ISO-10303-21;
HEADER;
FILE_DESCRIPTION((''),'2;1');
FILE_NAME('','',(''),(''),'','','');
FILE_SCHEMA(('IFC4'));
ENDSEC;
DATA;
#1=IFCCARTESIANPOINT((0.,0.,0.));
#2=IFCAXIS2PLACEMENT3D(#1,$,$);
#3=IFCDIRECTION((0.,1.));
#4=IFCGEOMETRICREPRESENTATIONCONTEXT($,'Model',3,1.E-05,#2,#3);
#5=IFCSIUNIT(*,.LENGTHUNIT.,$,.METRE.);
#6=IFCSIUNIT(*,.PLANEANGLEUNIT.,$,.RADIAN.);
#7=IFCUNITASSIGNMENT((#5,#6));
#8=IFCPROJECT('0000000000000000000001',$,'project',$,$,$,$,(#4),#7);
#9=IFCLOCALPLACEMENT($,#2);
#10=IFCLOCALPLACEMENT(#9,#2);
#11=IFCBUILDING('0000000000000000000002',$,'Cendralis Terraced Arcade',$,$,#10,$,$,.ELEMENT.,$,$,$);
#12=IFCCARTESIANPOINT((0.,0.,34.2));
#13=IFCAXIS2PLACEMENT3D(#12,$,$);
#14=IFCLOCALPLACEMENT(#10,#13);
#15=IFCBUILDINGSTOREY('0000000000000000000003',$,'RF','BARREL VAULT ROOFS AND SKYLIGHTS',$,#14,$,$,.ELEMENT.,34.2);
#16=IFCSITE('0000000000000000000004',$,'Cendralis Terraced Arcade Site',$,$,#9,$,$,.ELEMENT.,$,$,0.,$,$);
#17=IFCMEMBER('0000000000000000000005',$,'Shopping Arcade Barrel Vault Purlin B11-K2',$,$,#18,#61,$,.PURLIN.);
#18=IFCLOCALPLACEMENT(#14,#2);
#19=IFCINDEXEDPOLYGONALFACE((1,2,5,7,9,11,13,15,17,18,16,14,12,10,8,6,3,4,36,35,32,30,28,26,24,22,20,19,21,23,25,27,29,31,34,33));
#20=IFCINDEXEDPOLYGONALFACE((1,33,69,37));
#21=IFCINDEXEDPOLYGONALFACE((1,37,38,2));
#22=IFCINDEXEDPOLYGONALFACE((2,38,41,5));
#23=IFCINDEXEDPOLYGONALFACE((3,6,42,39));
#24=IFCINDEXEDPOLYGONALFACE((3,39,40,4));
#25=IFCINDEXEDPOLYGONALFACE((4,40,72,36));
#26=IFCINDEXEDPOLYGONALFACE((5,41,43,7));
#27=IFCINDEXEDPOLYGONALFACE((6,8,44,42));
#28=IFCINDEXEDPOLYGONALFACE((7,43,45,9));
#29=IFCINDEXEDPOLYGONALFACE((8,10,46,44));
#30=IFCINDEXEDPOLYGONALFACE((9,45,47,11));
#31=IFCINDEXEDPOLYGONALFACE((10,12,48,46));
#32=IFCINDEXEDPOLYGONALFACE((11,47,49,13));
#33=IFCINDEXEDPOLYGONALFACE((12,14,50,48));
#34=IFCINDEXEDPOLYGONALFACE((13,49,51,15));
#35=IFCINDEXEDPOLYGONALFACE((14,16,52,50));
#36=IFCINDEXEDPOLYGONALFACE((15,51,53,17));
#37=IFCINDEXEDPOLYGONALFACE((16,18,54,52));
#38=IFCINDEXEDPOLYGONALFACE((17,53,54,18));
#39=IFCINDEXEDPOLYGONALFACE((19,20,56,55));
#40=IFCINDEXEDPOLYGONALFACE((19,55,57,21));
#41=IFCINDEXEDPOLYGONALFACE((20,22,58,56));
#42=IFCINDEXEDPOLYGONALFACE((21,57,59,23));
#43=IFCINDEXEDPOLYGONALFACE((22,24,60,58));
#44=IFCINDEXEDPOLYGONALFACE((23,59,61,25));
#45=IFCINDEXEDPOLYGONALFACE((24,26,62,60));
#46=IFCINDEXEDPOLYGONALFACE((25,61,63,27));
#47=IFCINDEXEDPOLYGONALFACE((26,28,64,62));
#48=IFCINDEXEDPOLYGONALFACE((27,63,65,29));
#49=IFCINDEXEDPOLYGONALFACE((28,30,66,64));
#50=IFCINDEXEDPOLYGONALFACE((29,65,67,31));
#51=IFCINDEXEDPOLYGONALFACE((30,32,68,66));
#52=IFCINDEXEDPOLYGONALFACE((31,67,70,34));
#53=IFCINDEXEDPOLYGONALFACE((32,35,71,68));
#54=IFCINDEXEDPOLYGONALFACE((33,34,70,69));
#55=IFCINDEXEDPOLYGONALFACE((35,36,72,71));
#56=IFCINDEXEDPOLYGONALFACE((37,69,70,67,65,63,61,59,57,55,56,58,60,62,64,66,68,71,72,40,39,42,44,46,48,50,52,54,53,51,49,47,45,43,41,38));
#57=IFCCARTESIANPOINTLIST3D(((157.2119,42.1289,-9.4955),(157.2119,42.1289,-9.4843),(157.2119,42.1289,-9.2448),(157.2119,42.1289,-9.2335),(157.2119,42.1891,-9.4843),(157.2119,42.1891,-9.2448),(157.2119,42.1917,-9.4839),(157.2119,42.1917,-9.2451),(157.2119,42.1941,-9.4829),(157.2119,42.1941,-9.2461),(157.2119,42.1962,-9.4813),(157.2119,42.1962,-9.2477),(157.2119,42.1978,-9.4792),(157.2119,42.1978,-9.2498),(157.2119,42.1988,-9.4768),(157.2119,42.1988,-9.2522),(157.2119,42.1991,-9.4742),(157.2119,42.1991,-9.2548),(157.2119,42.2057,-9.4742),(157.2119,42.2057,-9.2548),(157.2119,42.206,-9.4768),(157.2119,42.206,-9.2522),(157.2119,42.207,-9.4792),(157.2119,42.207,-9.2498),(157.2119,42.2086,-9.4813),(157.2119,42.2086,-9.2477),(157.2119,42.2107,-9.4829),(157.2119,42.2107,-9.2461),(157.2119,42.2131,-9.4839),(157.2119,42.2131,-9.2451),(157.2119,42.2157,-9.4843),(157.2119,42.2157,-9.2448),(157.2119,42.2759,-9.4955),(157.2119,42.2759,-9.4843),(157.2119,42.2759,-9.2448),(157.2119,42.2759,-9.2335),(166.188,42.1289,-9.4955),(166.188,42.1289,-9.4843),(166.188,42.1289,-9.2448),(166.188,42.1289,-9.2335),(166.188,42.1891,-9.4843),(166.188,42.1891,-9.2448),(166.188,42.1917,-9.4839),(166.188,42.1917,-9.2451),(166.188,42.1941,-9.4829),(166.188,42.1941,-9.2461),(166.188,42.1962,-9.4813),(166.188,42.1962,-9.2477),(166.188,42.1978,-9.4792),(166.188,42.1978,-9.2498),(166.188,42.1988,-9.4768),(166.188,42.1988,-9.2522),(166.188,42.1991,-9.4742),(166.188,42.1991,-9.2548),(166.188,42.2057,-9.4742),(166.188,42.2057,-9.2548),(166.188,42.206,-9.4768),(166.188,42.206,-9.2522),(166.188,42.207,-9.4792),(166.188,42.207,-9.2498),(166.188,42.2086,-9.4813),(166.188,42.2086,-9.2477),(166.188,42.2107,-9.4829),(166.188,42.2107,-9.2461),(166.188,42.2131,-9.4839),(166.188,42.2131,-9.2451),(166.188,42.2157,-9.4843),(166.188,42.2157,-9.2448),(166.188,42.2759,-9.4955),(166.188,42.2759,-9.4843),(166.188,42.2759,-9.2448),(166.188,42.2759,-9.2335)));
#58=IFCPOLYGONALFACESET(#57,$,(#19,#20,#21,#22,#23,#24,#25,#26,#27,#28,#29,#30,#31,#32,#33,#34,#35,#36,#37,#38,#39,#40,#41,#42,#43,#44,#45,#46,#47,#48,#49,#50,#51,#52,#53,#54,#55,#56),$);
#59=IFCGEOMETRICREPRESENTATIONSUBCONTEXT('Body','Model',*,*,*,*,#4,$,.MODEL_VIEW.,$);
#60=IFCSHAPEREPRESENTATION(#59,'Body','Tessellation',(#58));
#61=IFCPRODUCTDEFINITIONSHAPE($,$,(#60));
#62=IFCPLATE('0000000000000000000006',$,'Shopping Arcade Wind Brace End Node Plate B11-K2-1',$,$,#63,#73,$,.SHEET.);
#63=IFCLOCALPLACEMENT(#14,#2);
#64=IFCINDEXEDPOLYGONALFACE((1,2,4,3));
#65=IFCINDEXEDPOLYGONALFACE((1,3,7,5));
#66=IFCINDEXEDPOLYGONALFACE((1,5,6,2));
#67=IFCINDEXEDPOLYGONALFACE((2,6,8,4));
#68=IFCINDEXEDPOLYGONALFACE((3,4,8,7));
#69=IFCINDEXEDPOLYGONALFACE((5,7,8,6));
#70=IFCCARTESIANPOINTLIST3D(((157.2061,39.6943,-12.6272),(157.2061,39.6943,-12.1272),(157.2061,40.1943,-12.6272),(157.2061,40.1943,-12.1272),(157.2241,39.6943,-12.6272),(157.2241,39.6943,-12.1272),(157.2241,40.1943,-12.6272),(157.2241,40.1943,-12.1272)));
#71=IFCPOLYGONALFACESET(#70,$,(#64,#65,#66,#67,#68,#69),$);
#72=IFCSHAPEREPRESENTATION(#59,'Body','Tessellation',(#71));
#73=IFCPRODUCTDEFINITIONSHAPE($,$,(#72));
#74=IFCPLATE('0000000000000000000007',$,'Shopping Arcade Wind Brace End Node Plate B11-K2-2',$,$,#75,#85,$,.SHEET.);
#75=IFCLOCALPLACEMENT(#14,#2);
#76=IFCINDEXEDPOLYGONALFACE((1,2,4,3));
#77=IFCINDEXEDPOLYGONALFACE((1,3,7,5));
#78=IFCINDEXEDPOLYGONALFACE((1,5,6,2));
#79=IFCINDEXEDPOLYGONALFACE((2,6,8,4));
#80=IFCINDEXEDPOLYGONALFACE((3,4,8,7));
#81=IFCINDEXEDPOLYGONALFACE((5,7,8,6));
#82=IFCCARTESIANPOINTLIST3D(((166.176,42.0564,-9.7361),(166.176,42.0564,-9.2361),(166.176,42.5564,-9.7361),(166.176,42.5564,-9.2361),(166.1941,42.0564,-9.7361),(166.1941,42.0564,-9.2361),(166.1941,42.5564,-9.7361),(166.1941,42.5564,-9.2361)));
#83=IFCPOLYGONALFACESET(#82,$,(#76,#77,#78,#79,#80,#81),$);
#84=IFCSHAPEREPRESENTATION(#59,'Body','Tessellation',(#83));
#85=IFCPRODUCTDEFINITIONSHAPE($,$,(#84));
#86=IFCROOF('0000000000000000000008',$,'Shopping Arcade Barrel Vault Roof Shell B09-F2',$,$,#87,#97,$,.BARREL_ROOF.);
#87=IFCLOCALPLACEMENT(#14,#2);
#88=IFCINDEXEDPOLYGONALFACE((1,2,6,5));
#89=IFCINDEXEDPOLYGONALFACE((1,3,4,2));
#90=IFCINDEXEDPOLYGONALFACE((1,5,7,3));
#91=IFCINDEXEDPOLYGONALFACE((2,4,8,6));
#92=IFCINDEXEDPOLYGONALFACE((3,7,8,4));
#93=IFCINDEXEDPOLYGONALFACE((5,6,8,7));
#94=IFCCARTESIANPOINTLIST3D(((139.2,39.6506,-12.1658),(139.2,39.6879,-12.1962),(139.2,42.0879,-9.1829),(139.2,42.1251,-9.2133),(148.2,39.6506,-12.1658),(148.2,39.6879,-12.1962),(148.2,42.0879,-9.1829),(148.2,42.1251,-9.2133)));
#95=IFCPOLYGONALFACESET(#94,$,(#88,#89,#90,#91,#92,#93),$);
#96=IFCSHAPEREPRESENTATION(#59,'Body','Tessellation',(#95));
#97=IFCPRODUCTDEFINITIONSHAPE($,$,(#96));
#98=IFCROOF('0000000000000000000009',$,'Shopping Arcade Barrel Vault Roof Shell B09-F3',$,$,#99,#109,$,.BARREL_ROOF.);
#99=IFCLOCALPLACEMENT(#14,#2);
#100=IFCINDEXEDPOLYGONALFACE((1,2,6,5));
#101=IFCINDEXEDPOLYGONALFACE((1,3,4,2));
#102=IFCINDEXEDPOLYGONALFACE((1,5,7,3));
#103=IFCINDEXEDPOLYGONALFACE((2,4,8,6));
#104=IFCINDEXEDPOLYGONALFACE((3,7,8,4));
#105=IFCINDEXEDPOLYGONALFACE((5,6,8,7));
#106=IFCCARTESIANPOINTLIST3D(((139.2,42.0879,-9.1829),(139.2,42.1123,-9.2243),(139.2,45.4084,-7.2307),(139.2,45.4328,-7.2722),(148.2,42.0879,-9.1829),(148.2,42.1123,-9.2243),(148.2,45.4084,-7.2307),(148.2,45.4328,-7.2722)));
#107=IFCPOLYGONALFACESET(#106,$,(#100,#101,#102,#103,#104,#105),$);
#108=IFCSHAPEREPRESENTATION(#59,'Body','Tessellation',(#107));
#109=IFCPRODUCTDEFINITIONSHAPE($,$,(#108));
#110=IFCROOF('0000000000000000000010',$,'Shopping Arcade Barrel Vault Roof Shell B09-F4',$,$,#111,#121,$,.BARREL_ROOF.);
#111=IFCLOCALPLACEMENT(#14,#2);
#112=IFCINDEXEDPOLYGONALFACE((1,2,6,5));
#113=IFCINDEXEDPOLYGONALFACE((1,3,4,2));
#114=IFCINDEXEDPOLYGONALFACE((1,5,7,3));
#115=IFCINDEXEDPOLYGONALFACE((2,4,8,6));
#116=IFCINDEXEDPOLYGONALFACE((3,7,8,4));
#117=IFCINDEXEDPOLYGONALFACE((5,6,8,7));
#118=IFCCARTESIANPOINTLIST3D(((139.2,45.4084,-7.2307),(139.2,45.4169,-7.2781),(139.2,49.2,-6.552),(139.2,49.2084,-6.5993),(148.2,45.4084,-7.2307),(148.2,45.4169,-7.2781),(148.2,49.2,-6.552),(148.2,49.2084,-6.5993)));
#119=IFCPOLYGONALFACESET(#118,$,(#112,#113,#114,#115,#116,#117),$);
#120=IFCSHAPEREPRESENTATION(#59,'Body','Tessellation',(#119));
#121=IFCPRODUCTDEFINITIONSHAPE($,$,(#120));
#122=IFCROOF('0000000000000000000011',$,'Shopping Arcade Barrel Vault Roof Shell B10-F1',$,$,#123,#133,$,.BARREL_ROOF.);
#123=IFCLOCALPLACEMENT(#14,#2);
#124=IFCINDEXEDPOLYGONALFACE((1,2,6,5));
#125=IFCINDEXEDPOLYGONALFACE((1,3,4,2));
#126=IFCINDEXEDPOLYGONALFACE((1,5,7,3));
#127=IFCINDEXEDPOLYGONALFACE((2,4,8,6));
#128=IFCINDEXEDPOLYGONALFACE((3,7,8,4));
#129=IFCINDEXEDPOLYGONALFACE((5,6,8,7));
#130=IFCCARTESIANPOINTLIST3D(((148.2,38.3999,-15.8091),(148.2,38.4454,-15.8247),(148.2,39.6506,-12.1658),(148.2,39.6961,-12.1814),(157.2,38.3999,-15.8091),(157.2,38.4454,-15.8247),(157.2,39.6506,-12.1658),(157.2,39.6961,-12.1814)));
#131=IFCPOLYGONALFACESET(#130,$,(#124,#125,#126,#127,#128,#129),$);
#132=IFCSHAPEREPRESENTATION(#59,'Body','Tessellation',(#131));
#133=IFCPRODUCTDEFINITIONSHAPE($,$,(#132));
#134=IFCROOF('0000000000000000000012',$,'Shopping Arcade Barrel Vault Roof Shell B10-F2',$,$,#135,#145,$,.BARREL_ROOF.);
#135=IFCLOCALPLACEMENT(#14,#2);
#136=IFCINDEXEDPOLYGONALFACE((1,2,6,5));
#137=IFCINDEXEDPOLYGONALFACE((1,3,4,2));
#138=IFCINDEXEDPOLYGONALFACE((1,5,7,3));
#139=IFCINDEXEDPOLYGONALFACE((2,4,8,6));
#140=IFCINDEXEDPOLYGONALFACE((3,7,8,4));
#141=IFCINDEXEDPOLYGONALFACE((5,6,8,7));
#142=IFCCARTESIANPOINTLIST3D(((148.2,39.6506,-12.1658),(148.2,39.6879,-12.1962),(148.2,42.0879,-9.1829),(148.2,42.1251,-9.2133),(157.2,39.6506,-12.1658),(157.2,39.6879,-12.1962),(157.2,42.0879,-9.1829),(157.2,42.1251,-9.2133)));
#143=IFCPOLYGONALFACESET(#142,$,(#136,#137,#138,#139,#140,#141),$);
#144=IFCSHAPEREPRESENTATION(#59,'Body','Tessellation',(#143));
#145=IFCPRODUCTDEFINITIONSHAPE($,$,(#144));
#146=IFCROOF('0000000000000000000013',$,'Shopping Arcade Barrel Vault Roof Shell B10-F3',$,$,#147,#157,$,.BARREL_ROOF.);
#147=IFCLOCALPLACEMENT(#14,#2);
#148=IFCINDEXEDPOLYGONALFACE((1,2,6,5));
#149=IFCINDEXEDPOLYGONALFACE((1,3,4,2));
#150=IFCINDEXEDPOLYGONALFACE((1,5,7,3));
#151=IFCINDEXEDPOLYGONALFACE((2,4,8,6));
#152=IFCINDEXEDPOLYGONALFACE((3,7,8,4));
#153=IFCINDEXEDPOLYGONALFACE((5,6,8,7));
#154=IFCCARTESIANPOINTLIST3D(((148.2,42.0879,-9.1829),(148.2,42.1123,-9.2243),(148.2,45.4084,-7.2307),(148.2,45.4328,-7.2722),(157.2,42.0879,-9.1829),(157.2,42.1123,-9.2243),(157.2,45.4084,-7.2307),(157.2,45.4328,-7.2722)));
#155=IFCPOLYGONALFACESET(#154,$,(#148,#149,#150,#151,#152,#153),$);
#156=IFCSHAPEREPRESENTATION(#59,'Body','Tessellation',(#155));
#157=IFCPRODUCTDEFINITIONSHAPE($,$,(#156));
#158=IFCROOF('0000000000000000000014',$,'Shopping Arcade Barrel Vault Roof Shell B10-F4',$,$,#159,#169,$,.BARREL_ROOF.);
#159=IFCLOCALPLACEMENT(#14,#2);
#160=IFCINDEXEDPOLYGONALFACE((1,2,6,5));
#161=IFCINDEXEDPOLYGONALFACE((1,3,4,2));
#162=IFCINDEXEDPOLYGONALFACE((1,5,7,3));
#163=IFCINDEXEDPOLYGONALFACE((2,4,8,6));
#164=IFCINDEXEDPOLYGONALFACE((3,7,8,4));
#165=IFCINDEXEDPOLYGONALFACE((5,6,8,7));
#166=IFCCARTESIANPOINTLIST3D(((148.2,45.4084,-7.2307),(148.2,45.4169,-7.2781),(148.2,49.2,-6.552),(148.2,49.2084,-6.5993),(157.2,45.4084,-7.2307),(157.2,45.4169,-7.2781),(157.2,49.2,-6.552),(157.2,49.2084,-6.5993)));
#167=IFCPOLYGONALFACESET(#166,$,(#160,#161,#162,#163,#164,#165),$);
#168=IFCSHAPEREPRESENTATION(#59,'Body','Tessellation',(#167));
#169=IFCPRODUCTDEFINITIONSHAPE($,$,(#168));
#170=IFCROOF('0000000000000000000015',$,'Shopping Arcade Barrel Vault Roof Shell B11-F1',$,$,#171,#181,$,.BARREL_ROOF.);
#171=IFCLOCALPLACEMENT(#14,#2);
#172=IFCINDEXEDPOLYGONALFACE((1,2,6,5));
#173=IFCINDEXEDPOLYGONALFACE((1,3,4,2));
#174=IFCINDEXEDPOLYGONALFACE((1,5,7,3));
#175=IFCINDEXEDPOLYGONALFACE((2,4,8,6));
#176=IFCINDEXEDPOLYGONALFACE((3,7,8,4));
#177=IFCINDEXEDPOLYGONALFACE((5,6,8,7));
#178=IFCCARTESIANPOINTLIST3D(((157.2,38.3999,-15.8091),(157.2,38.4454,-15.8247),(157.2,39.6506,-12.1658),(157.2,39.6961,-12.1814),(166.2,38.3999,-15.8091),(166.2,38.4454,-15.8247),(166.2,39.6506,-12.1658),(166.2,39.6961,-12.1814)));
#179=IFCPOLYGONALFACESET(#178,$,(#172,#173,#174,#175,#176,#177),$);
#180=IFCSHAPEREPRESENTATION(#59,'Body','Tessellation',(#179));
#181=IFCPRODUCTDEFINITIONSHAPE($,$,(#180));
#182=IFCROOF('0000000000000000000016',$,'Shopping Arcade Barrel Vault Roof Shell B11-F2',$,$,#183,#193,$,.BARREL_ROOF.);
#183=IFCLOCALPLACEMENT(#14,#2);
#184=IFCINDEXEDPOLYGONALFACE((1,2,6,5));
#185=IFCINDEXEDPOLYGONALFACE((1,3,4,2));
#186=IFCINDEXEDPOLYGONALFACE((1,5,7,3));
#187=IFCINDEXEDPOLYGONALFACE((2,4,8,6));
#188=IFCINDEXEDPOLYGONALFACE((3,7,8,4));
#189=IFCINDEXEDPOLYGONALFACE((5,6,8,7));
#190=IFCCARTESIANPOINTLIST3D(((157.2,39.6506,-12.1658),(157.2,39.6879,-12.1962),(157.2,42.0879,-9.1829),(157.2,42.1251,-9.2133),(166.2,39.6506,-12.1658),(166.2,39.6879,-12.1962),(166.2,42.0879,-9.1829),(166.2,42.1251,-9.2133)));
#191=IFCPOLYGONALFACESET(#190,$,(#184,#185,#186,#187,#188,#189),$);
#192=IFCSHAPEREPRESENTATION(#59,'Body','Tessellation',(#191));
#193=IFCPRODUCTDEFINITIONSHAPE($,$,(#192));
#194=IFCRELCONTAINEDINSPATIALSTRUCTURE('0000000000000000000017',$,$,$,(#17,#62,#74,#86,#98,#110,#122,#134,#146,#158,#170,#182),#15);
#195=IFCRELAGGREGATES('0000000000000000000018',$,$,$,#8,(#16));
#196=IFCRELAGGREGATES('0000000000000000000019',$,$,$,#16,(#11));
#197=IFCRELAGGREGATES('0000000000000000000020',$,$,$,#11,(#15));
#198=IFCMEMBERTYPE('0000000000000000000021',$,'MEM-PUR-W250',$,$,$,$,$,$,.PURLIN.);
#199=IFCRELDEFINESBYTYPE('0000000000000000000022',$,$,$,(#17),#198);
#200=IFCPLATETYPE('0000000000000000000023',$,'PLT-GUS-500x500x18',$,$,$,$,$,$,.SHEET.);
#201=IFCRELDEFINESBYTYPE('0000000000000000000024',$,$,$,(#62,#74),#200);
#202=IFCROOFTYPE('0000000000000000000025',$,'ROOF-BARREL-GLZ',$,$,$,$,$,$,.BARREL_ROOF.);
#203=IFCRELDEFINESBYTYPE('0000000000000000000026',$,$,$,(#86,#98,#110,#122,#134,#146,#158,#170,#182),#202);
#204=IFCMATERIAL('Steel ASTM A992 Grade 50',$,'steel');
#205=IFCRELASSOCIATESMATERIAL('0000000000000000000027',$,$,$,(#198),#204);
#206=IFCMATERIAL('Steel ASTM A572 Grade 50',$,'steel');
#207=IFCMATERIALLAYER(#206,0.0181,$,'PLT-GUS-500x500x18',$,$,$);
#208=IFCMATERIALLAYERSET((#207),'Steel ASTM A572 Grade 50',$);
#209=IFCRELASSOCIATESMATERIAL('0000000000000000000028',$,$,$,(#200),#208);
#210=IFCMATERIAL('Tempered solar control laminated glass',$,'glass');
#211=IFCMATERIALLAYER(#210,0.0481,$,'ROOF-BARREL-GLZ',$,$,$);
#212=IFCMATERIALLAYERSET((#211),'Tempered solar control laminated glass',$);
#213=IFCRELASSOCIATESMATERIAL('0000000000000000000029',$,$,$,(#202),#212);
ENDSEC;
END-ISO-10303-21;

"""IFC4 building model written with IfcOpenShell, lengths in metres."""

from ifc_helpers import new_model, si_unit, direction, frame, origin, origin_2d, place, context, subcontext, project, spatial, polyline, rectangle, i_section, outline, extrude, material, layer, layer_set, material_profile, profile_set, type_object, element, save


model = new_model("IFC4")

# Units and contexts
model_context = context("Model", 3, precision=1e-05, world=origin(), true_north=direction((0.0, 1.0)))
body_context = subcontext(model_context, "Body", "Model", "MODEL_VIEW")
ifc_project = project(units=[si_unit("LENGTHUNIT", "METRE"), si_unit("PLANEANGLEUNIT", "RADIAN")], contexts=[model_context])

# Site, building, storey
site_placement = place(None, origin())
site = spatial("IfcSite", under=ifc_project, at=site_placement, Name="Cendralis Terraced Arcade Site", CompositionType="ELEMENT", RefElevation=0.0)
building_placement = place(site_placement, origin())
building = spatial("IfcBuilding", under=site, at=building_placement, Name="Cendralis Terraced Arcade", CompositionType="ELEMENT")
storey_placement = place(building_placement, frame((0.0, 0.0, 34.2)))
storey = spatial("IfcBuildingStorey", under=building, at=storey_placement, Name="RF", Description="BARREL VAULT ROOFS AND SKYLIGHTS", CompositionType="ELEMENT", Elevation=34.2)

# Member
ifc_material_1 = material(Name="Steel ASTM A992 Grade 50", Category="steel")
ifc_material_2 = material(Name="Steel ASTM A572 Grade 50", Category="steel")
ifc_material_profile_1 = material_profile(ifc_material_1, i_section(OverallWidth=0.147, OverallDepth=0.262, WebThickness=0.0066, FlangeThickness=0.0112, FilletRadius=0.01, at=origin_2d()), Name="W250X38.5", Category="LoadBearing")
ifc_profile_set_1 = profile_set([ifc_material_profile_1], Name="Steel ASTM A992 Grade 50")
member_type_1 = type_object("IfcMemberType", Name="MEM-PUR-W250", PredefinedType="PURLIN", material=ifc_profile_set_1)
for number, where, z_axis, x_axis, name in (
    (1, (157.2119, 42.2024, -9.3645), (1.0, 0.0, 0.0), (0.0, 1.0, 0.0), "Shopping Arcade Barrel Vault Purlin B11-K2"),
):
    element("IfcMember", number, at=place(storey_placement, frame(where, z_axis=z_axis, x_axis=x_axis)), inside=storey, type_object=member_type_1, Name=name, PredefinedType="PURLIN", context=body_context, shape_type="SweptSolid", body=[
        extrude(i_section(OverallWidth=0.147, OverallDepth=0.262, WebThickness=0.0066, FlangeThickness=0.0112, FilletRadius=0.01, at=origin_2d()), origin(), (0.0, 0.0, 1.0), 8.9761),
    ])

# Plates
ifc_layer_1 = layer(ifc_material_2, 0.0181, Name="PLT-GUS-500x500x18")
ifc_layer_set_1 = layer_set([ifc_layer_1], Name="Steel ASTM A572 Grade 50")
plate_type = type_object("IfcPlateType", Name="PLT-GUS-500x500x18", PredefinedType="SHEET", material=ifc_layer_set_1)
for number, where, z_axis, x_axis, name in (
    (2, (157.2151, 39.9443, -12.6272), (0.0, 0.0, 1.0), (1.0, 0.0, 0.0), "Shopping Arcade Wind Brace End Node Plate B11-K2-1"),
    (3, (166.1851, 42.3064, -9.7361), (0.0, 0.0, 1.0), (1.0, 0.0, 0.0), "Shopping Arcade Wind Brace End Node Plate B11-K2-2"),
):
    element("IfcPlate", number, at=place(storey_placement, frame(where, z_axis=z_axis, x_axis=x_axis)), inside=storey, type_object=plate_type, Name=name, PredefinedType="SHEET", context=body_context, shape_type="SweptSolid", body=[
        extrude(rectangle(XDim=0.0181, YDim=0.5, at=origin_2d()), origin(), (0.0, 0.0, 1.0), 0.5),
    ])

# Roofs
ifc_material_3 = material(Name="Tempered solar control laminated glass", Category="glass")
ifc_layer_2 = layer(ifc_material_3, 0.0481, Name="ROOF-BARREL-GLZ")
ifc_layer_set_2 = layer_set([ifc_layer_2], Name="Tempered solar control laminated glass")
roof_type = type_object("IfcRoofType", Name="ROOF-BARREL-GLZ", PredefinedType="BARREL_ROOF", material=ifc_layer_set_2)
roof_1_placement = place(storey_placement, frame((139.2, 39.6506, -12.1658), z_axis=(0.0, -0.774378, 0.632723), x_axis=(1.0, 0.0, 0.0)))
element("IfcRoof", 4, at=roof_1_placement, inside=storey, type_object=roof_type, Name="Shopping Arcade Barrel Vault Roof Shell B09-F2", PredefinedType="BARREL_ROOF", context=body_context, shape_type="SweptSolid", body=[
    extrude(outline(polyline([(0.0, 0.0), (9.0, 0.0), (9.0, 3.852), (0.0, 3.852), (0.0, 0.0)])), origin(), (0.0, 0.0, -1.0), 0.0481),
])
roof_2_placement = place(storey_placement, frame((139.2, 42.0879, -9.1829), z_axis=(0.0, -0.506804, 0.862061), x_axis=(1.0, 0.0, 0.0)))
element("IfcRoof", 5, at=roof_2_placement, inside=storey, type_object=roof_type, Name="Shopping Arcade Barrel Vault Roof Shell B09-F3", PredefinedType="BARREL_ROOF", context=body_context, shape_type="SweptSolid", body=[
    extrude(outline(polyline([(0.0, 0.0), (9.0, 0.0), (9.0, 3.8519), (0.0, 3.8519), (0.0, 0.0)])), origin(), (0.0, 0.0, -1.0), 0.0481),
])
roof_3_placement = place(storey_placement, frame((139.2, 45.4084, -7.2307), z_axis=(0.0, -0.176207, 0.984353), x_axis=(1.0, 0.0, 0.0)))
element("IfcRoof", 6, at=roof_3_placement, inside=storey, type_object=roof_type, Name="Shopping Arcade Barrel Vault Roof Shell B09-F4", PredefinedType="BARREL_ROOF", context=body_context, shape_type="SweptSolid", body=[
    extrude(outline(polyline([(0.0, 0.0), (9.0, 0.0), (9.0, 3.8518), (0.0, 3.8518), (0.0, 0.0)])), origin(), (0.0, 0.0, -1.0), 0.0481),
])
roof_4_placement = place(storey_placement, frame((148.2, 38.3999, -15.8091), z_axis=(0.0, -0.945819, 0.324695), x_axis=(1.0, 0.0, 0.0)))
element("IfcRoof", 7, at=roof_4_placement, inside=storey, type_object=roof_type, Name="Shopping Arcade Barrel Vault Roof Shell B10-F1", PredefinedType="BARREL_ROOF", context=body_context, shape_type="SweptSolid", body=[
    extrude(outline(polyline([(0.0, 0.0), (9.0, 0.0), (9.0, 3.852), (0.0, 3.852), (0.0, 0.0)])), origin(), (0.0, 0.0, -1.0), 0.0481),
])
roof_5_placement = place(storey_placement, frame((148.2, 39.6506, -12.1658), z_axis=(0.0, -0.774378, 0.632723), x_axis=(1.0, 0.0, 0.0)))
element("IfcRoof", 8, at=roof_5_placement, inside=storey, type_object=roof_type, Name="Shopping Arcade Barrel Vault Roof Shell B10-F2", PredefinedType="BARREL_ROOF", context=body_context, shape_type="SweptSolid", body=[
    extrude(outline(polyline([(0.0, 0.0), (9.0, 0.0), (9.0, 3.852), (0.0, 3.852), (0.0, 0.0)])), origin(), (0.0, 0.0, -1.0), 0.0481),
])
roof_6_placement = place(storey_placement, frame((148.2, 42.0879, -9.1829), z_axis=(0.0, -0.506804, 0.862061), x_axis=(1.0, 0.0, 0.0)))
element("IfcRoof", 9, at=roof_6_placement, inside=storey, type_object=roof_type, Name="Shopping Arcade Barrel Vault Roof Shell B10-F3", PredefinedType="BARREL_ROOF", context=body_context, shape_type="SweptSolid", body=[
    extrude(outline(polyline([(0.0, 0.0), (9.0, 0.0), (9.0, 3.8519), (0.0, 3.8519), (0.0, 0.0)])), origin(), (0.0, 0.0, -1.0), 0.0481),
])
roof_7_placement = place(storey_placement, frame((148.2, 45.4084, -7.2307), z_axis=(0.0, -0.176207, 0.984353), x_axis=(1.0, 0.0, 0.0)))
element("IfcRoof", 10, at=roof_7_placement, inside=storey, type_object=roof_type, Name="Shopping Arcade Barrel Vault Roof Shell B10-F4", PredefinedType="BARREL_ROOF", context=body_context, shape_type="SweptSolid", body=[
    extrude(outline(polyline([(0.0, 0.0), (9.0, 0.0), (9.0, 3.8518), (0.0, 3.8518), (0.0, 0.0)])), origin(), (0.0, 0.0, -1.0), 0.0481),
])
roof_8_placement = place(storey_placement, frame((157.2, 38.3999, -15.8091), z_axis=(0.0, -0.945819, 0.324695), x_axis=(1.0, 0.0, 0.0)))
element("IfcRoof", 11, at=roof_8_placement, inside=storey, type_object=roof_type, Name="Shopping Arcade Barrel Vault Roof Shell B11-F1", PredefinedType="BARREL_ROOF", context=body_context, shape_type="SweptSolid", body=[
    extrude(outline(polyline([(0.0, 0.0), (9.0, 0.0), (9.0, 3.852), (0.0, 3.852), (0.0, 0.0)])), origin(), (0.0, 0.0, -1.0), 0.0481),
])
roof_9_placement = place(storey_placement, frame((157.2, 39.6506, -12.1658), z_axis=(0.0, -0.774378, 0.632723), x_axis=(1.0, 0.0, 0.0)))
element("IfcRoof", 12, at=roof_9_placement, inside=storey, type_object=roof_type, Name="Shopping Arcade Barrel Vault Roof Shell B11-F2", PredefinedType="BARREL_ROOF", context=body_context, shape_type="SweptSolid", body=[
    extrude(outline(polyline([(0.0, 0.0), (9.0, 0.0), (9.0, 3.852), (0.0, 3.852), (0.0, 0.0)])), origin(), (0.0, 0.0, -1.0), 0.0481),
])

save(model, "model.ifc")
